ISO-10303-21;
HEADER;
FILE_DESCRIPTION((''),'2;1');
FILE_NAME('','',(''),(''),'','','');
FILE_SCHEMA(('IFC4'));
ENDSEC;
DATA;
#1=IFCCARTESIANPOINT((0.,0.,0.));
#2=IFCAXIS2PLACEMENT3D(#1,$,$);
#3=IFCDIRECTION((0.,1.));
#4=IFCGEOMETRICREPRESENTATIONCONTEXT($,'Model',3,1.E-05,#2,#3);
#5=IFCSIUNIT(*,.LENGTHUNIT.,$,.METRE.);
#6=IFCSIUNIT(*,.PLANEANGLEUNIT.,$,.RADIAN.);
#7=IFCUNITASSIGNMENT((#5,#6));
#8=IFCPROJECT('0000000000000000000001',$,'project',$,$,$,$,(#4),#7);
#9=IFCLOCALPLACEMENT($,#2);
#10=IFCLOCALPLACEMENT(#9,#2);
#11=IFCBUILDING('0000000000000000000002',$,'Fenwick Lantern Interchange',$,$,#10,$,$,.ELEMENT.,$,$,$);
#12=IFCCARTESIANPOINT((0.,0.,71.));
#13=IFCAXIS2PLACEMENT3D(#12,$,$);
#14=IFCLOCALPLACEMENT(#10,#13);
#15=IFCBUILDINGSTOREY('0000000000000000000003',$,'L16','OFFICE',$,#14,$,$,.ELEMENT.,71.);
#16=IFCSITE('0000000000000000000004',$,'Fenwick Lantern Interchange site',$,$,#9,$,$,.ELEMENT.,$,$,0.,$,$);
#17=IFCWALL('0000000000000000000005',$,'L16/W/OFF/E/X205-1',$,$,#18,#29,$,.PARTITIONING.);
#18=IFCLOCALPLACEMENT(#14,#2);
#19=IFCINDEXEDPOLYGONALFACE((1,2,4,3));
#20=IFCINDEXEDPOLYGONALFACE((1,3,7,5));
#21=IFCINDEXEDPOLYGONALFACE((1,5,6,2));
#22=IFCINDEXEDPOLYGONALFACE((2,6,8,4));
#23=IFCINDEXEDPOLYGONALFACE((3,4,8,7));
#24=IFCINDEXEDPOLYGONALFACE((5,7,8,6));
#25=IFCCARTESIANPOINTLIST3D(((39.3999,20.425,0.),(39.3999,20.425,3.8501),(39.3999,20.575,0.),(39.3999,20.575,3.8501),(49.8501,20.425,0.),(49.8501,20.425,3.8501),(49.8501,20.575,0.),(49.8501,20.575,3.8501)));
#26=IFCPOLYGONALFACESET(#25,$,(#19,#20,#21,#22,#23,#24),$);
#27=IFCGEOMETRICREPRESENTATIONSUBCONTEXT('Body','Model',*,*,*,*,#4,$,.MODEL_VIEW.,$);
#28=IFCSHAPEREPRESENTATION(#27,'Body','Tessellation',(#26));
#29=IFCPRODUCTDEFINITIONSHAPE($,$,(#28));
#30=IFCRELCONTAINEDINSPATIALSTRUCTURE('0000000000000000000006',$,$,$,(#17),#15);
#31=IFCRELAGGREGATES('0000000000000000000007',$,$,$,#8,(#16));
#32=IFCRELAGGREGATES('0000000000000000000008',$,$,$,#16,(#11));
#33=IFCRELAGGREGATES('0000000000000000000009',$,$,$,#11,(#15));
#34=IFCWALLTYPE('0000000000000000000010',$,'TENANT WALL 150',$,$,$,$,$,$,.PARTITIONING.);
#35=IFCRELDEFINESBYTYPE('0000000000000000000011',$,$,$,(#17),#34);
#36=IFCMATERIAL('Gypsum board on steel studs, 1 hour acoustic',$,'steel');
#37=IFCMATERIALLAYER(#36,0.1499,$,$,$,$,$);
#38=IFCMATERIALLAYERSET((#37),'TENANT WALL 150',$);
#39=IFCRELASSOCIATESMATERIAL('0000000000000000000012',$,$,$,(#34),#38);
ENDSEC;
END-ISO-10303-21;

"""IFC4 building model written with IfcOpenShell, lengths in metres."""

from ifc_helpers import new_model, si_unit, direction, frame, frame_2d, origin, place, context, subcontext, project, spatial, rectangle, extrude, material, layer, layer_set, type_object, element, save


model = new_model("IFC4")

# Units and contexts
model_context = context("Model", 3, precision=1e-05, world=origin(), true_north=direction((0.0, 1.0)))
body_context = subcontext(model_context, "Body", "Model", "MODEL_VIEW")
ifc_project = project(units=[si_unit("LENGTHUNIT", "METRE"), si_unit("PLANEANGLEUNIT", "RADIAN")], contexts=[model_context])

# Site, building, storey
site_placement = place(None, origin())
site = spatial("IfcSite", under=ifc_project, at=site_placement, Name="Fenwick Lantern Interchange site", CompositionType="ELEMENT", RefElevation=0.0)
building_placement = place(site_placement, origin())
building = spatial("IfcBuilding", under=site, at=building_placement, Name="Fenwick Lantern Interchange", CompositionType="ELEMENT")
storey_placement = place(building_placement, frame((0.0, 0.0, 71.0)))
storey = spatial("IfcBuildingStorey", under=building, at=storey_placement, Name="L16", Description="OFFICE", CompositionType="ELEMENT", Elevation=71.0)

# Wall
ifc_material_1 = material(Name="Gypsum board on steel studs, 1 hour acoustic", Category="steel")
ifc_layer_1 = layer(ifc_material_1, 0.1499)
ifc_layer_set_1 = layer_set([ifc_layer_1], Name="TENANT WALL 150")
wall_type_1 = type_object("IfcWallType", Name="TENANT WALL 150", PredefinedType="PARTITIONING", material=ifc_layer_set_1)
wall_1_placement = place(storey_placement, frame((49.8501, 20.5, 0.0), z_axis=(0.0, 0.0, 1.0), x_axis=(-1.0, 0.0, 0.0)))
element("IfcWall", 1, at=wall_1_placement, inside=storey, type_object=wall_type_1, Name="L16/W/OFF/E/X205-1", PredefinedType="PARTITIONING", context=body_context, shape_type="SweptSolid", body=[
    extrude(rectangle(XDim=10.4502, YDim=0.1499, at=frame_2d((5.2251, 0.0))), origin(), (0.0, 0.0, 1.0), 3.8501),
])

save(model, "model.ifc")
